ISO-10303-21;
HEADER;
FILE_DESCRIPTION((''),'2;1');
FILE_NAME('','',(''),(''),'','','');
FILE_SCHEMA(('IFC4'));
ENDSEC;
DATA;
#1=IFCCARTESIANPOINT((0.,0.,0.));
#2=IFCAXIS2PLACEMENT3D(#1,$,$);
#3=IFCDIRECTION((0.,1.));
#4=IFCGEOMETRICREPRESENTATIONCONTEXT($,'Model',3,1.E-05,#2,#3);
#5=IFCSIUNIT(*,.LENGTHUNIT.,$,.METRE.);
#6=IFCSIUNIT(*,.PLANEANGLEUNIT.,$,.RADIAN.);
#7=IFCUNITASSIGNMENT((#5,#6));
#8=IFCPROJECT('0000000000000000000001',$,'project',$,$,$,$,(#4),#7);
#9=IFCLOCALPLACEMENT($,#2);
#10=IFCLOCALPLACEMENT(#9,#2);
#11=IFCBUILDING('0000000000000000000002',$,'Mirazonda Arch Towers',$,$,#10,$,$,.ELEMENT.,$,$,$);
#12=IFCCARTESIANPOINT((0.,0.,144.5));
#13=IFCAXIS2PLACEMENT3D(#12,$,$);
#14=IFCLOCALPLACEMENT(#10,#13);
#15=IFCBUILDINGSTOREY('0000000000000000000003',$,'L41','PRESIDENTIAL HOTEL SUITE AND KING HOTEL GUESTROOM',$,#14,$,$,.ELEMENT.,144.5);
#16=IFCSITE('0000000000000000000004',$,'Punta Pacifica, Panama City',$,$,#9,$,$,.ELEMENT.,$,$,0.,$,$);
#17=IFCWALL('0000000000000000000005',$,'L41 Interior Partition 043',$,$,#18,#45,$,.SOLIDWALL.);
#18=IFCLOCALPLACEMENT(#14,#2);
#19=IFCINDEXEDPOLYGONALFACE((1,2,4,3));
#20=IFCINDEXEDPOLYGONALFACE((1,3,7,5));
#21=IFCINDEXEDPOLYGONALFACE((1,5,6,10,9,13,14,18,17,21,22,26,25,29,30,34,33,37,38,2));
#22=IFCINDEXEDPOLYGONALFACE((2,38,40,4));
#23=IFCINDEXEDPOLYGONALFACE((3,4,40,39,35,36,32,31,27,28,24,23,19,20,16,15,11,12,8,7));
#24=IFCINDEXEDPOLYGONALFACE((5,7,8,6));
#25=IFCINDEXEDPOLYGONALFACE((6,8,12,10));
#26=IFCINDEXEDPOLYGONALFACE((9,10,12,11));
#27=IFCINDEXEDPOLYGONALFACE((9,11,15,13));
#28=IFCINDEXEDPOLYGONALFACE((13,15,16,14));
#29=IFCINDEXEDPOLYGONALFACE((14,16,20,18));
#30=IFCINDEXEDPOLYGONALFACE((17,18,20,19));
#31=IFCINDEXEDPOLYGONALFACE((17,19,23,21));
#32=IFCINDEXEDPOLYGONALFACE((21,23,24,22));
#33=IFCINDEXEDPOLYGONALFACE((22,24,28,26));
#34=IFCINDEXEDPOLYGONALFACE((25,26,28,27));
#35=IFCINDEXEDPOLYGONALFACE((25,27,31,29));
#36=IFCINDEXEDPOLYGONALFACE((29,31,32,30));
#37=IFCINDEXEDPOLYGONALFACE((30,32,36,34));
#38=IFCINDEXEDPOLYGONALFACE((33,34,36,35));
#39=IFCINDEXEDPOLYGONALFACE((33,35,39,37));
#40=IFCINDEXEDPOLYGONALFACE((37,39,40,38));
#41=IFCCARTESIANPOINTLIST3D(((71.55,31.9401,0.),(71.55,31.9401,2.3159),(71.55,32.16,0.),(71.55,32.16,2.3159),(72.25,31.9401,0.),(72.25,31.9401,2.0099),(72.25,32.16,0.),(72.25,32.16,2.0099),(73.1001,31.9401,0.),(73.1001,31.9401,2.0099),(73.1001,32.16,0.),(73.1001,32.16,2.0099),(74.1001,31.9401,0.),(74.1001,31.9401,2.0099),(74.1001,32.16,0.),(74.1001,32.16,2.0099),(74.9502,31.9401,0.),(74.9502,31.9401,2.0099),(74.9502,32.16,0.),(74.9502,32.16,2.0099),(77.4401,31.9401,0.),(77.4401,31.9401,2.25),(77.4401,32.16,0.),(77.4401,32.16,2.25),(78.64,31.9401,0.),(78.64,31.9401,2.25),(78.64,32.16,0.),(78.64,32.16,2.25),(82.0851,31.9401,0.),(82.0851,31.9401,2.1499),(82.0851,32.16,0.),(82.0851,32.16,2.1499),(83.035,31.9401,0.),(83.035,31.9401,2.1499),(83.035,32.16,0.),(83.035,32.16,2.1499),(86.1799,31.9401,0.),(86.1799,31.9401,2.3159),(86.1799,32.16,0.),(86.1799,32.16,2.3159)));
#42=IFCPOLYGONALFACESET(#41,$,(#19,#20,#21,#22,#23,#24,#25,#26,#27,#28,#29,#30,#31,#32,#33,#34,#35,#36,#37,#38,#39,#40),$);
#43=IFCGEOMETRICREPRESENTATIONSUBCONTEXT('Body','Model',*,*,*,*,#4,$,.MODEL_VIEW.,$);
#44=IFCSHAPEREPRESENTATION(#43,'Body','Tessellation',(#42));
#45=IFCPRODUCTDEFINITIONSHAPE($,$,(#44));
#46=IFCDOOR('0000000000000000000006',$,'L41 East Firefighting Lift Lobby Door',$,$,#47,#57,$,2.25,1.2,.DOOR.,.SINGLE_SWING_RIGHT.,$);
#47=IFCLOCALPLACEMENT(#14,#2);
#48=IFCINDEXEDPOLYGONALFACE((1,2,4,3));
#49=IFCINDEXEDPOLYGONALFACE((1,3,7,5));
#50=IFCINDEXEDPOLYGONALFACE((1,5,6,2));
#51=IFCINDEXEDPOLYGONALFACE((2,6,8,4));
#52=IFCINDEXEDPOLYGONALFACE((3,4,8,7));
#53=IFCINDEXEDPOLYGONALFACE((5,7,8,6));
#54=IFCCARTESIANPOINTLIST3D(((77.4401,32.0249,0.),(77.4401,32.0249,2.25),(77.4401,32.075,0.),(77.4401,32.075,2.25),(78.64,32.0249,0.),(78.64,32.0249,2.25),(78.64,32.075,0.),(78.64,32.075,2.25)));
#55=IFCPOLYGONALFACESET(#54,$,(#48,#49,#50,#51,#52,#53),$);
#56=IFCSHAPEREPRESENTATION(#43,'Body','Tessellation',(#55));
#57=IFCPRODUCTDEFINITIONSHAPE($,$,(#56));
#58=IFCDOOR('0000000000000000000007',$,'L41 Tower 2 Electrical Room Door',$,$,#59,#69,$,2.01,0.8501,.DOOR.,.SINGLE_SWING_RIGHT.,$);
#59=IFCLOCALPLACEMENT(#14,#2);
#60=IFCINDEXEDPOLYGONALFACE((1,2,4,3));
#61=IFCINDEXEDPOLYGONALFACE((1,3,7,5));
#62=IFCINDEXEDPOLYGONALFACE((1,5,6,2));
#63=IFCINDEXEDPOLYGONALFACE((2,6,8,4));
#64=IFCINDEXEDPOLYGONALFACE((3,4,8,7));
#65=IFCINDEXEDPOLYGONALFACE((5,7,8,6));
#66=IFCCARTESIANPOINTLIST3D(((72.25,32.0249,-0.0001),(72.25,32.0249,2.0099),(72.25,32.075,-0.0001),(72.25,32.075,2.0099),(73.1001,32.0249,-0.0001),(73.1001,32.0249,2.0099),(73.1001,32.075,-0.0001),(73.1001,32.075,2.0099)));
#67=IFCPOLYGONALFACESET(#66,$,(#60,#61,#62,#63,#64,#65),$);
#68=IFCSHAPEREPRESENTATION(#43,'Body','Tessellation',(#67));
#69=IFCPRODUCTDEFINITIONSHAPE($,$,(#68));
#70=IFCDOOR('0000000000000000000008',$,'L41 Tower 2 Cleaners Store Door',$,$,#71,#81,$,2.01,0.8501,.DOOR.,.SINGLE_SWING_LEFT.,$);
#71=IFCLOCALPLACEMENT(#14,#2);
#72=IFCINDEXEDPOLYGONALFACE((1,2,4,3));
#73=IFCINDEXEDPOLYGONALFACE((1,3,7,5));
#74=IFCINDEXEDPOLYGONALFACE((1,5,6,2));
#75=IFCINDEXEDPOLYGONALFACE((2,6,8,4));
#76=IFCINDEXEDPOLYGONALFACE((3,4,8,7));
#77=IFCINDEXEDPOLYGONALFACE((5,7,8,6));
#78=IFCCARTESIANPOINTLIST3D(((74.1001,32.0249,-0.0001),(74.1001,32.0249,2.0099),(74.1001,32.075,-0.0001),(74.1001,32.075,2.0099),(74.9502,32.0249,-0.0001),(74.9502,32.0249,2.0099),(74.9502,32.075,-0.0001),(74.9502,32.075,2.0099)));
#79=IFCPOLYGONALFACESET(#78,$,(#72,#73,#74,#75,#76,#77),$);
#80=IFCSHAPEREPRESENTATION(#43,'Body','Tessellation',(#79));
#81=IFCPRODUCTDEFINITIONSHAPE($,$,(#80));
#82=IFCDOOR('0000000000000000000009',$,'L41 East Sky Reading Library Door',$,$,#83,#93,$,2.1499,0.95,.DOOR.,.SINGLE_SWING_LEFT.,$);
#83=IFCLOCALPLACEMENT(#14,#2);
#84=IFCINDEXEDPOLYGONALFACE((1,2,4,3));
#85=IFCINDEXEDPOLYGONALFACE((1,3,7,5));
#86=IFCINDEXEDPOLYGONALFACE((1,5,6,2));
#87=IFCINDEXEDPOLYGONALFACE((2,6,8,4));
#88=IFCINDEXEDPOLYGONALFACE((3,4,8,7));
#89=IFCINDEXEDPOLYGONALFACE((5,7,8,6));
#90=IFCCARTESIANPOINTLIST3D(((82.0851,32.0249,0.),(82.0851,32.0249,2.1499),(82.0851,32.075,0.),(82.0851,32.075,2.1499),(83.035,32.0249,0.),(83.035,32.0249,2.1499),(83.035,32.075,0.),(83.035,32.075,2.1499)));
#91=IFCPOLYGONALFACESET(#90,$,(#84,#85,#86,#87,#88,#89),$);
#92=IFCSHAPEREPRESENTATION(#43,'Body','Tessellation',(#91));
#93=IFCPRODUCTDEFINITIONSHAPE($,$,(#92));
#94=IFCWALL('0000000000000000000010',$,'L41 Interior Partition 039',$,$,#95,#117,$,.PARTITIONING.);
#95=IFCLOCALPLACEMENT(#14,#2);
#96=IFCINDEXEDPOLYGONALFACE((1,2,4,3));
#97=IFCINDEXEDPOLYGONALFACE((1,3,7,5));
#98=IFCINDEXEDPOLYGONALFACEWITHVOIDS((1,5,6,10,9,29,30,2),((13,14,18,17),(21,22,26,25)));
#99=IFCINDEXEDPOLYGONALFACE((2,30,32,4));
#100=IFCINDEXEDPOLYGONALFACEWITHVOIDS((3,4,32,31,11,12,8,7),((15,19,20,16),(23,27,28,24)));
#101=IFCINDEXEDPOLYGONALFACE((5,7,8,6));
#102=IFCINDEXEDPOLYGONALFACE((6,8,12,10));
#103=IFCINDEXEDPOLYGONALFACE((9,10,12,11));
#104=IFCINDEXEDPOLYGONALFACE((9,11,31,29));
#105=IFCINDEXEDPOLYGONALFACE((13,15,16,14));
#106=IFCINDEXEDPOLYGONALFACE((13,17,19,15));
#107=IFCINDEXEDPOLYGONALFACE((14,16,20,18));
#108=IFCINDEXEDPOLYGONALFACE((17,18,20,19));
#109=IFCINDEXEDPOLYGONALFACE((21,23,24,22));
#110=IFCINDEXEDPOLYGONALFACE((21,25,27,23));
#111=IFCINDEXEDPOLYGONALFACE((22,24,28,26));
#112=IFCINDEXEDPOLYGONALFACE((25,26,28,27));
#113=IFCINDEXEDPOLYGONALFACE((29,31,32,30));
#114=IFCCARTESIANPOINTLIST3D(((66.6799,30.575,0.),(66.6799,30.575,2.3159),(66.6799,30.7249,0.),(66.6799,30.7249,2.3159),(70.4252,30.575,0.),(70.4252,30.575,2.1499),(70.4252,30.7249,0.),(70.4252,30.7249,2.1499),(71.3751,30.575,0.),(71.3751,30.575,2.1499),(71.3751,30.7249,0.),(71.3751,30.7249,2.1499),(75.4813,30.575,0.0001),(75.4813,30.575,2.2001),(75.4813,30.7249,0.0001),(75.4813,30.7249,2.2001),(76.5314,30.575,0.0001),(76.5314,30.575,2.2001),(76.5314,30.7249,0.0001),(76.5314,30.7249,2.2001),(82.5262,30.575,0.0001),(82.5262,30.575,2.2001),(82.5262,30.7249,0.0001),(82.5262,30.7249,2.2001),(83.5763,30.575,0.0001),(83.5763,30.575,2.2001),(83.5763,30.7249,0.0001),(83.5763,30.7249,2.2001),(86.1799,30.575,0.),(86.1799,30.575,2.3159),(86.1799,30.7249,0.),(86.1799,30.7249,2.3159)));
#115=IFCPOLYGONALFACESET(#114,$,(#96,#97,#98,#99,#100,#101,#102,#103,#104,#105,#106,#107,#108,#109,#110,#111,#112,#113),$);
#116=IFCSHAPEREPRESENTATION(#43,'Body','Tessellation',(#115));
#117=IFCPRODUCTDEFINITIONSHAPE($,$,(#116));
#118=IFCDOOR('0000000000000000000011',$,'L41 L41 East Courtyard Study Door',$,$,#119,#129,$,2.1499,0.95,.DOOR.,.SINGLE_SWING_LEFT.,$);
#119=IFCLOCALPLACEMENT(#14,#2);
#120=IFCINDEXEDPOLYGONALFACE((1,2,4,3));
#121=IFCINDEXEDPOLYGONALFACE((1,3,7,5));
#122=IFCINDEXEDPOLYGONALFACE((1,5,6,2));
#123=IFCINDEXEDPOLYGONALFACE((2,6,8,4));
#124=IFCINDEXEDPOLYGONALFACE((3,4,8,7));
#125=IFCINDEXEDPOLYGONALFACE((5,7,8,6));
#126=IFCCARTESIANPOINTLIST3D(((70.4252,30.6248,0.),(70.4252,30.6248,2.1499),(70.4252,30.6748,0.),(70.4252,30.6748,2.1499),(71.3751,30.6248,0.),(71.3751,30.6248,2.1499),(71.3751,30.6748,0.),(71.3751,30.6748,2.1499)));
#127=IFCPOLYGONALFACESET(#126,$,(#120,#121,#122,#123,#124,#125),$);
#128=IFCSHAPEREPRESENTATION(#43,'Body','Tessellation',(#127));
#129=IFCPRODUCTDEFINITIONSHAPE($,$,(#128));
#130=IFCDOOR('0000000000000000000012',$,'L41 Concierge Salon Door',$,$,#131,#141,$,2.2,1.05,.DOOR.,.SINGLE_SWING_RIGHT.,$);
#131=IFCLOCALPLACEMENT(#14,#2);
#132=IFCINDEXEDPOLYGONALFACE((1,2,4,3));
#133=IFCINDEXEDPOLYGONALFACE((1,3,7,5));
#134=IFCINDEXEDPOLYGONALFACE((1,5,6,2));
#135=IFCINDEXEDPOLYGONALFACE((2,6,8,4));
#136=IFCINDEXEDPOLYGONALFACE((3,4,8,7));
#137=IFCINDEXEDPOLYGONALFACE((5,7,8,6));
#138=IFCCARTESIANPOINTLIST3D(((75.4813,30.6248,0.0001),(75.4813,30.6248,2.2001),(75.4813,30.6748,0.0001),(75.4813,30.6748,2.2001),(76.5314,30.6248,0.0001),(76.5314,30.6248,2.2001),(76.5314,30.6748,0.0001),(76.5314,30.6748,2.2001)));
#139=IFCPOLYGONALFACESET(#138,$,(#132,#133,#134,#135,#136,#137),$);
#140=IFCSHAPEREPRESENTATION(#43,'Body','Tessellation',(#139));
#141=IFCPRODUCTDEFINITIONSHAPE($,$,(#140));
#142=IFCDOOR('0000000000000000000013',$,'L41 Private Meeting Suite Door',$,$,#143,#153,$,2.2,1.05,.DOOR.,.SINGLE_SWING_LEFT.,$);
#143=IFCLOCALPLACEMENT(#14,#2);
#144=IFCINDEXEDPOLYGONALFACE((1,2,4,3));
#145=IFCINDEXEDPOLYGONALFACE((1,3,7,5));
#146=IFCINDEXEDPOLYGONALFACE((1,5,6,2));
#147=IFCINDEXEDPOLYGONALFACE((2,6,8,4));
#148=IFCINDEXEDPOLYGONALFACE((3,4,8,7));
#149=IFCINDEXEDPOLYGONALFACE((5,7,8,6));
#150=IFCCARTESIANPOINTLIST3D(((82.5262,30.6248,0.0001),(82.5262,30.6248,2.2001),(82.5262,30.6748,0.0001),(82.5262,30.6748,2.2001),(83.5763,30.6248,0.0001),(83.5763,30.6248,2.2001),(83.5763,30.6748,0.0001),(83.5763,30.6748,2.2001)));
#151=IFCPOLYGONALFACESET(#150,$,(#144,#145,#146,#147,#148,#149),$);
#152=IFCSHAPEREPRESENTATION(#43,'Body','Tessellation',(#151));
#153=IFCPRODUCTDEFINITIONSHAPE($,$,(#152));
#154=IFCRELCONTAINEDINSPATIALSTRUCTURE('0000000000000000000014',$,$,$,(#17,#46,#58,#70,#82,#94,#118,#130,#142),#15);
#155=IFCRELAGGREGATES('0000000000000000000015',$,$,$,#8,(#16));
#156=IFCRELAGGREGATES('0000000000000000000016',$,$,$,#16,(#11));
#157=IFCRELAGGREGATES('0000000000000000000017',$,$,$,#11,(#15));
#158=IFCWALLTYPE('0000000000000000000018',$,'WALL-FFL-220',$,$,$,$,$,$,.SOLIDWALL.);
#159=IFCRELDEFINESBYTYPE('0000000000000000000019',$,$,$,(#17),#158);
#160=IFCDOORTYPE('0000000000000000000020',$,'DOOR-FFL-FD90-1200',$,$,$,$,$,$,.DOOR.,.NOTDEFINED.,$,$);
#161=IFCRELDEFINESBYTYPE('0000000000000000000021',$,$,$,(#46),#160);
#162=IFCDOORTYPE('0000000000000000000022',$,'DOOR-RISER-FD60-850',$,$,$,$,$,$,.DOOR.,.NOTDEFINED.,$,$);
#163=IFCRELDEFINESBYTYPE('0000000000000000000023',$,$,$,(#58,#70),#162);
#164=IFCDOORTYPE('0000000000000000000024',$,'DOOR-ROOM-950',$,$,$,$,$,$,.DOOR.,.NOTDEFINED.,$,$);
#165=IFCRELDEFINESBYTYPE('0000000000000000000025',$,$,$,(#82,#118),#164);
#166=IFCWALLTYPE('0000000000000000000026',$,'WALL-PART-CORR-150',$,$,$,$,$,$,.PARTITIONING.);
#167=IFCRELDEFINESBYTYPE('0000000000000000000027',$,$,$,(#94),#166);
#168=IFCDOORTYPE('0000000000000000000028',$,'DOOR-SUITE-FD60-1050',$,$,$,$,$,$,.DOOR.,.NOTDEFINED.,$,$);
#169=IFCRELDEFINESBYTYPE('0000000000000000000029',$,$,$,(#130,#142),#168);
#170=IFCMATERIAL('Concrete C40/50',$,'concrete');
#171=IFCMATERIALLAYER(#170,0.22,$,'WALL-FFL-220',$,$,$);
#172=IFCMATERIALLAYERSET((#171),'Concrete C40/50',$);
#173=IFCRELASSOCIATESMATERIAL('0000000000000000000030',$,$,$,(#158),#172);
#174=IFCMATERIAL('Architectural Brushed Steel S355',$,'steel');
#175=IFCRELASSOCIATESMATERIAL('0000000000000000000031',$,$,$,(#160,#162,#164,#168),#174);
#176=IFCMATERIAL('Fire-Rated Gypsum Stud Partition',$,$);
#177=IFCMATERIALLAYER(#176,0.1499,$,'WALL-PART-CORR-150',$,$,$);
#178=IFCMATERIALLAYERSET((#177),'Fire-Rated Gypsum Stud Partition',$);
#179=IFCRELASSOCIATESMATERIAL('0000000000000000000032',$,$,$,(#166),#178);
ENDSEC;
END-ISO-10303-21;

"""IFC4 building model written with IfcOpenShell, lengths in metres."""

from ifc_helpers import new_model, si_unit, direction, frame, frame_2d, origin, place, context, subcontext, project, spatial, rectangle, extrude, material, layer, layer_set, type_object, element, fill, save


model = new_model("IFC4")

# Units and contexts
model_context = context("Model", 3, precision=1e-05, world=origin(), true_north=direction((0.0, 1.0)))
body_context = subcontext(model_context, "Body", "Model", "MODEL_VIEW")
ifc_project = project(units=[si_unit("LENGTHUNIT", "METRE"), si_unit("PLANEANGLEUNIT", "RADIAN")], contexts=[model_context])

# Site, building, storey
site_placement = place(None, origin())
site = spatial("IfcSite", under=ifc_project, at=site_placement, Name="Punta Pacifica, Panama City", CompositionType="ELEMENT", RefElevation=0.0)
building_placement = place(site_placement, origin())
building = spatial("IfcBuilding", under=site, at=building_placement, Name="Mirazonda Arch Towers", CompositionType="ELEMENT")
storey_placement = place(building_placement, frame((0.0, 0.0, 144.5)))
storey = spatial("IfcBuildingStorey", under=building, at=storey_placement, Name="L41", Description="PRESIDENTIAL HOTEL SUITE AND KING HOTEL GUESTROOM", CompositionType="ELEMENT", Elevation=144.5)

# Walls, openings, doors
ifc_material_1 = material(Name="Architectural Brushed Steel S355", Category="steel")
ifc_material_2 = material(Name="Concrete C40/50", Category="concrete")
ifc_layer_1 = layer(ifc_material_2, 0.22, Name="WALL-FFL-220")
ifc_layer_set_1 = layer_set([ifc_layer_1], Name="Concrete C40/50")
wall_type_1 = type_object("IfcWallType", Name="WALL-FFL-220", PredefinedType="SOLIDWALL", material=ifc_layer_set_1)
wall_1_placement = place(storey_placement, frame((71.55, 32.05, 0.0), z_axis=(0.0, 0.0, 1.0), x_axis=(1.0, 0.0, 0.0)))
wall_1 = element("IfcWall", 1, at=wall_1_placement, inside=storey, type_object=wall_type_1, Name="L41 Interior Partition 043", PredefinedType="SOLIDWALL", context=body_context, shape_type="SweptSolid", body=[
    extrude(rectangle(XDim=14.6299, YDim=0.22, at=frame_2d((7.3149, 0.0))), origin(), (0.0, 0.0, 1.0), 2.3159),
])
opening_1_placement = place(wall_1_placement, frame((5.8899, 0.0, 0.0)))
opening_1 = element("IfcOpeningElement", 2, at=opening_1_placement, cuts=wall_1, PredefinedType="OPENING", context=body_context, shape_type="SweptSolid", body=[
    extrude(rectangle(XDim=1.2, YDim=2.25, at=frame_2d((0.6001, 1.125))), frame((0.0, 0.1199, 0.0), z_axis=(0.0, -1.0, 0.0), x_axis=(1.0, 0.0, 0.0)), (0.0, 0.0, 1.0), 0.24),
])
opening_2_placement = place(wall_1_placement, frame((10.5349, 0.0, 0.0)))
opening_2 = element("IfcOpeningElement", 3, at=opening_2_placement, cuts=wall_1, PredefinedType="OPENING", context=body_context, shape_type="SweptSolid", body=[
    extrude(rectangle(XDim=0.95, YDim=2.1499, at=frame_2d((0.4751, 1.075))), frame((0.0, 0.1199, 0.0), z_axis=(0.0, -1.0, 0.0), x_axis=(1.0, 0.0, 0.0)), (0.0, 0.0, 1.0), 0.24),
])
opening_3_placement = place(wall_1_placement, frame((0.7, 0.0, 0.0)))
opening_3 = element("IfcOpeningElement", 4, at=opening_3_placement, cuts=wall_1, PredefinedType="OPENING", context=body_context, shape_type="SweptSolid", body=[
    extrude(rectangle(XDim=0.8501, YDim=2.01, at=frame_2d((0.425, 1.0049))), frame((0.0, 0.1199, 0.0), z_axis=(0.0, -1.0, 0.0), x_axis=(1.0, 0.0, 0.0)), (0.0, 0.0, 1.0), 0.24),
])
opening_4_placement = place(wall_1_placement, frame((2.55, 0.0, 0.0)))
opening_4 = element("IfcOpeningElement", 5, at=opening_4_placement, cuts=wall_1, PredefinedType="OPENING", context=body_context, shape_type="SweptSolid", body=[
    extrude(rectangle(XDim=0.8501, YDim=2.01, at=frame_2d((0.425, 1.0049))), frame((0.0, 0.1199, 0.0), z_axis=(0.0, -1.0, 0.0), x_axis=(1.0, 0.0, 0.0)), (0.0, 0.0, 1.0), 0.24),
])
door_type_1 = type_object("IfcDoorType", Name="DOOR-FFL-FD90-1200", OperationType="NOTDEFINED", PredefinedType="DOOR", material=ifc_material_1)
door_1_placement = place(opening_1_placement, origin())
door_1 = element("IfcDoor", 6, at=door_1_placement, inside=storey, type_object=door_type_1, Name="L41 East Firefighting Lift Lobby Door", OperationType="SINGLE_SWING_RIGHT", OverallHeight=2.25, OverallWidth=1.2, PredefinedType="DOOR", context=body_context, shape_type="SweptSolid", body=[
    extrude(rectangle(XDim=1.2, YDim=2.25, at=frame_2d((0.6001, 1.125))), frame((0.0, 0.0249, 0.0), z_axis=(0.0, -1.0, 0.0), x_axis=(1.0, 0.0, 0.0)), (0.0, 0.0, 1.0), 0.05),
])
fill(opening_1, door_1)
door_type_2 = type_object("IfcDoorType", Name="DOOR-RISER-FD60-850", OperationType="NOTDEFINED", PredefinedType="DOOR", material=ifc_material_1)
door_2_placement = place(opening_3_placement, origin())
door_2 = element("IfcDoor", 7, at=door_2_placement, inside=storey, type_object=door_type_2, Name="L41 Tower 2 Electrical Room Door", OperationType="SINGLE_SWING_RIGHT", OverallHeight=2.01, OverallWidth=0.8501, PredefinedType="DOOR", context=body_context, shape_type="SweptSolid", body=[
    extrude(rectangle(XDim=0.8501, YDim=2.01, at=frame_2d((0.425, 1.0049))), frame((0.0, 0.0249, 0.0), z_axis=(0.0, -1.0, 0.0), x_axis=(1.0, 0.0, 0.0)), (0.0, 0.0, 1.0), 0.05),
])
fill(opening_3, door_2)
door_3_placement = place(opening_4_placement, origin())
door_3 = element("IfcDoor", 8, at=door_3_placement, inside=storey, type_object=door_type_2, Name="L41 Tower 2 Cleaners Store Door", OperationType="SINGLE_SWING_LEFT", OverallHeight=2.01, OverallWidth=0.8501, PredefinedType="DOOR", context=body_context, shape_type="SweptSolid", body=[
    extrude(rectangle(XDim=0.8501, YDim=2.01, at=frame_2d((0.425, 1.0049))), frame((0.0, 0.0249, 0.0), z_axis=(0.0, -1.0, 0.0), x_axis=(1.0, 0.0, 0.0)), (0.0, 0.0, 1.0), 0.05),
])
fill(opening_4, door_3)
door_type_3 = type_object("IfcDoorType", Name="DOOR-ROOM-950", OperationType="NOTDEFINED", PredefinedType="DOOR", material=ifc_material_1)
door_4_placement = place(opening_2_placement, origin())
door_4 = element("IfcDoor", 9, at=door_4_placement, inside=storey, type_object=door_type_3, Name="L41 East Sky Reading Library Door", OperationType="SINGLE_SWING_LEFT", OverallHeight=2.1499, OverallWidth=0.95, PredefinedType="DOOR", context=body_context, shape_type="SweptSolid", body=[
    extrude(rectangle(XDim=0.95, YDim=2.1499, at=frame_2d((0.4751, 1.075))), frame((0.0, 0.0249, 0.0), z_axis=(0.0, -1.0, 0.0), x_axis=(1.0, 0.0, 0.0)), (0.0, 0.0, 1.0), 0.05),
])
fill(opening_2, door_4)
ifc_material_3 = material(Name="Fire-Rated Gypsum Stud Partition")
ifc_layer_2 = layer(ifc_material_3, 0.1499, Name="WALL-PART-CORR-150")
ifc_layer_set_2 = layer_set([ifc_layer_2], Name="Fire-Rated Gypsum Stud Partition")
wall_type_2 = type_object("IfcWallType", Name="WALL-PART-CORR-150", PredefinedType="PARTITIONING", material=ifc_layer_set_2)
wall_2_placement = place(storey_placement, frame((66.6799, 30.6499, 0.0), z_axis=(0.0, 0.0, 1.0), x_axis=(1.0, 0.0, 0.0)))
wall_2 = element("IfcWall", 10, at=wall_2_placement, inside=storey, type_object=wall_type_2, Name="L41 Interior Partition 039", PredefinedType="PARTITIONING", context=body_context, shape_type="SweptSolid", body=[
    extrude(rectangle(XDim=19.5, YDim=0.1499, at=frame_2d((9.75, 0.0))), origin(), (0.0, 0.0, 1.0), 2.3159),
])
opening_5_placement = place(wall_2_placement, frame((3.7451, 0.0, 0.0)))
opening_5 = element("IfcOpeningElement", 11, at=opening_5_placement, cuts=wall_2, PredefinedType="OPENING", context=body_context, shape_type="SweptSolid", body=[
    extrude(rectangle(XDim=0.95, YDim=2.1499, at=frame_2d((0.4751, 1.075))), frame((0.0, 0.085, 0.0), z_axis=(0.0, -1.0, 0.0), x_axis=(1.0, 0.0, 0.0)), (0.0, 0.0, 1.0), 0.1699),
])
opening_6_placement = place(wall_2_placement, frame((8.8015, 0.0, 0.0)))
opening_6 = element("IfcOpeningElement", 12, at=opening_6_placement, cuts=wall_2, PredefinedType="OPENING", context=body_context, shape_type="SweptSolid", body=[
    extrude(rectangle(XDim=1.05, YDim=2.2, at=frame_2d((0.5249, 1.1001))), frame((0.0, 0.085, 0.0), z_axis=(0.0, -1.0, 0.0), x_axis=(1.0, 0.0, 0.0)), (0.0, 0.0, 1.0), 0.1699),
])
opening_7_placement = place(wall_2_placement, frame((15.8464, 0.0, 0.0)))
opening_7 = element("IfcOpeningElement", 13, at=opening_7_placement, cuts=wall_2, PredefinedType="OPENING", context=body_context, shape_type="SweptSolid", body=[
    extrude(rectangle(XDim=1.05, YDim=2.2, at=frame_2d((0.5249, 1.1001))), frame((0.0, 0.085, 0.0), z_axis=(0.0, -1.0, 0.0), x_axis=(1.0, 0.0, 0.0)), (0.0, 0.0, 1.0), 0.1699),
])
door_5_placement = place(opening_5_placement, origin())
door_5 = element("IfcDoor", 14, at=door_5_placement, inside=storey, type_object=door_type_3, Name="L41 L41 East Courtyard Study Door", OperationType="SINGLE_SWING_LEFT", OverallHeight=2.1499, OverallWidth=0.95, PredefinedType="DOOR", context=body_context, shape_type="SweptSolid", body=[
    extrude(rectangle(XDim=0.95, YDim=2.1499, at=frame_2d((0.4751, 1.075))), frame((0.0, 0.0249, 0.0), z_axis=(0.0, -1.0, 0.0), x_axis=(1.0, 0.0, 0.0)), (0.0, 0.0, 1.0), 0.05),
])
fill(opening_5, door_5)
door_type_4 = type_object("IfcDoorType", Name="DOOR-SUITE-FD60-1050", OperationType="NOTDEFINED", PredefinedType="DOOR", material=ifc_material_1)
door_6_placement = place(opening_6_placement, origin())
door_6 = element("IfcDoor", 15, at=door_6_placement, inside=storey, type_object=door_type_4, Name="L41 Concierge Salon Door", OperationType="SINGLE_SWING_RIGHT", OverallHeight=2.2, OverallWidth=1.05, PredefinedType="DOOR", context=body_context, shape_type="SweptSolid", body=[
    extrude(rectangle(XDim=1.05, YDim=2.2, at=frame_2d((0.5249, 1.1001))), frame((0.0, 0.0249, 0.0), z_axis=(0.0, -1.0, 0.0), x_axis=(1.0, 0.0, 0.0)), (0.0, 0.0, 1.0), 0.05),
])
fill(opening_6, door_6)
door_7_placement = place(opening_7_placement, origin())
door_7 = element("IfcDoor", 16, at=door_7_placement, inside=storey, type_object=door_type_4, Name="L41 Private Meeting Suite Door", OperationType="SINGLE_SWING_LEFT", OverallHeight=2.2, OverallWidth=1.05, PredefinedType="DOOR", context=body_context, shape_type="SweptSolid", body=[
    extrude(rectangle(XDim=1.05, YDim=2.2, at=frame_2d((0.5249, 1.1001))), frame((0.0, 0.0249, 0.0), z_axis=(0.0, -1.0, 0.0), x_axis=(1.0, 0.0, 0.0)), (0.0, 0.0, 1.0), 0.05),
])
fill(opening_7, door_7)

save(model, "model.ifc")
